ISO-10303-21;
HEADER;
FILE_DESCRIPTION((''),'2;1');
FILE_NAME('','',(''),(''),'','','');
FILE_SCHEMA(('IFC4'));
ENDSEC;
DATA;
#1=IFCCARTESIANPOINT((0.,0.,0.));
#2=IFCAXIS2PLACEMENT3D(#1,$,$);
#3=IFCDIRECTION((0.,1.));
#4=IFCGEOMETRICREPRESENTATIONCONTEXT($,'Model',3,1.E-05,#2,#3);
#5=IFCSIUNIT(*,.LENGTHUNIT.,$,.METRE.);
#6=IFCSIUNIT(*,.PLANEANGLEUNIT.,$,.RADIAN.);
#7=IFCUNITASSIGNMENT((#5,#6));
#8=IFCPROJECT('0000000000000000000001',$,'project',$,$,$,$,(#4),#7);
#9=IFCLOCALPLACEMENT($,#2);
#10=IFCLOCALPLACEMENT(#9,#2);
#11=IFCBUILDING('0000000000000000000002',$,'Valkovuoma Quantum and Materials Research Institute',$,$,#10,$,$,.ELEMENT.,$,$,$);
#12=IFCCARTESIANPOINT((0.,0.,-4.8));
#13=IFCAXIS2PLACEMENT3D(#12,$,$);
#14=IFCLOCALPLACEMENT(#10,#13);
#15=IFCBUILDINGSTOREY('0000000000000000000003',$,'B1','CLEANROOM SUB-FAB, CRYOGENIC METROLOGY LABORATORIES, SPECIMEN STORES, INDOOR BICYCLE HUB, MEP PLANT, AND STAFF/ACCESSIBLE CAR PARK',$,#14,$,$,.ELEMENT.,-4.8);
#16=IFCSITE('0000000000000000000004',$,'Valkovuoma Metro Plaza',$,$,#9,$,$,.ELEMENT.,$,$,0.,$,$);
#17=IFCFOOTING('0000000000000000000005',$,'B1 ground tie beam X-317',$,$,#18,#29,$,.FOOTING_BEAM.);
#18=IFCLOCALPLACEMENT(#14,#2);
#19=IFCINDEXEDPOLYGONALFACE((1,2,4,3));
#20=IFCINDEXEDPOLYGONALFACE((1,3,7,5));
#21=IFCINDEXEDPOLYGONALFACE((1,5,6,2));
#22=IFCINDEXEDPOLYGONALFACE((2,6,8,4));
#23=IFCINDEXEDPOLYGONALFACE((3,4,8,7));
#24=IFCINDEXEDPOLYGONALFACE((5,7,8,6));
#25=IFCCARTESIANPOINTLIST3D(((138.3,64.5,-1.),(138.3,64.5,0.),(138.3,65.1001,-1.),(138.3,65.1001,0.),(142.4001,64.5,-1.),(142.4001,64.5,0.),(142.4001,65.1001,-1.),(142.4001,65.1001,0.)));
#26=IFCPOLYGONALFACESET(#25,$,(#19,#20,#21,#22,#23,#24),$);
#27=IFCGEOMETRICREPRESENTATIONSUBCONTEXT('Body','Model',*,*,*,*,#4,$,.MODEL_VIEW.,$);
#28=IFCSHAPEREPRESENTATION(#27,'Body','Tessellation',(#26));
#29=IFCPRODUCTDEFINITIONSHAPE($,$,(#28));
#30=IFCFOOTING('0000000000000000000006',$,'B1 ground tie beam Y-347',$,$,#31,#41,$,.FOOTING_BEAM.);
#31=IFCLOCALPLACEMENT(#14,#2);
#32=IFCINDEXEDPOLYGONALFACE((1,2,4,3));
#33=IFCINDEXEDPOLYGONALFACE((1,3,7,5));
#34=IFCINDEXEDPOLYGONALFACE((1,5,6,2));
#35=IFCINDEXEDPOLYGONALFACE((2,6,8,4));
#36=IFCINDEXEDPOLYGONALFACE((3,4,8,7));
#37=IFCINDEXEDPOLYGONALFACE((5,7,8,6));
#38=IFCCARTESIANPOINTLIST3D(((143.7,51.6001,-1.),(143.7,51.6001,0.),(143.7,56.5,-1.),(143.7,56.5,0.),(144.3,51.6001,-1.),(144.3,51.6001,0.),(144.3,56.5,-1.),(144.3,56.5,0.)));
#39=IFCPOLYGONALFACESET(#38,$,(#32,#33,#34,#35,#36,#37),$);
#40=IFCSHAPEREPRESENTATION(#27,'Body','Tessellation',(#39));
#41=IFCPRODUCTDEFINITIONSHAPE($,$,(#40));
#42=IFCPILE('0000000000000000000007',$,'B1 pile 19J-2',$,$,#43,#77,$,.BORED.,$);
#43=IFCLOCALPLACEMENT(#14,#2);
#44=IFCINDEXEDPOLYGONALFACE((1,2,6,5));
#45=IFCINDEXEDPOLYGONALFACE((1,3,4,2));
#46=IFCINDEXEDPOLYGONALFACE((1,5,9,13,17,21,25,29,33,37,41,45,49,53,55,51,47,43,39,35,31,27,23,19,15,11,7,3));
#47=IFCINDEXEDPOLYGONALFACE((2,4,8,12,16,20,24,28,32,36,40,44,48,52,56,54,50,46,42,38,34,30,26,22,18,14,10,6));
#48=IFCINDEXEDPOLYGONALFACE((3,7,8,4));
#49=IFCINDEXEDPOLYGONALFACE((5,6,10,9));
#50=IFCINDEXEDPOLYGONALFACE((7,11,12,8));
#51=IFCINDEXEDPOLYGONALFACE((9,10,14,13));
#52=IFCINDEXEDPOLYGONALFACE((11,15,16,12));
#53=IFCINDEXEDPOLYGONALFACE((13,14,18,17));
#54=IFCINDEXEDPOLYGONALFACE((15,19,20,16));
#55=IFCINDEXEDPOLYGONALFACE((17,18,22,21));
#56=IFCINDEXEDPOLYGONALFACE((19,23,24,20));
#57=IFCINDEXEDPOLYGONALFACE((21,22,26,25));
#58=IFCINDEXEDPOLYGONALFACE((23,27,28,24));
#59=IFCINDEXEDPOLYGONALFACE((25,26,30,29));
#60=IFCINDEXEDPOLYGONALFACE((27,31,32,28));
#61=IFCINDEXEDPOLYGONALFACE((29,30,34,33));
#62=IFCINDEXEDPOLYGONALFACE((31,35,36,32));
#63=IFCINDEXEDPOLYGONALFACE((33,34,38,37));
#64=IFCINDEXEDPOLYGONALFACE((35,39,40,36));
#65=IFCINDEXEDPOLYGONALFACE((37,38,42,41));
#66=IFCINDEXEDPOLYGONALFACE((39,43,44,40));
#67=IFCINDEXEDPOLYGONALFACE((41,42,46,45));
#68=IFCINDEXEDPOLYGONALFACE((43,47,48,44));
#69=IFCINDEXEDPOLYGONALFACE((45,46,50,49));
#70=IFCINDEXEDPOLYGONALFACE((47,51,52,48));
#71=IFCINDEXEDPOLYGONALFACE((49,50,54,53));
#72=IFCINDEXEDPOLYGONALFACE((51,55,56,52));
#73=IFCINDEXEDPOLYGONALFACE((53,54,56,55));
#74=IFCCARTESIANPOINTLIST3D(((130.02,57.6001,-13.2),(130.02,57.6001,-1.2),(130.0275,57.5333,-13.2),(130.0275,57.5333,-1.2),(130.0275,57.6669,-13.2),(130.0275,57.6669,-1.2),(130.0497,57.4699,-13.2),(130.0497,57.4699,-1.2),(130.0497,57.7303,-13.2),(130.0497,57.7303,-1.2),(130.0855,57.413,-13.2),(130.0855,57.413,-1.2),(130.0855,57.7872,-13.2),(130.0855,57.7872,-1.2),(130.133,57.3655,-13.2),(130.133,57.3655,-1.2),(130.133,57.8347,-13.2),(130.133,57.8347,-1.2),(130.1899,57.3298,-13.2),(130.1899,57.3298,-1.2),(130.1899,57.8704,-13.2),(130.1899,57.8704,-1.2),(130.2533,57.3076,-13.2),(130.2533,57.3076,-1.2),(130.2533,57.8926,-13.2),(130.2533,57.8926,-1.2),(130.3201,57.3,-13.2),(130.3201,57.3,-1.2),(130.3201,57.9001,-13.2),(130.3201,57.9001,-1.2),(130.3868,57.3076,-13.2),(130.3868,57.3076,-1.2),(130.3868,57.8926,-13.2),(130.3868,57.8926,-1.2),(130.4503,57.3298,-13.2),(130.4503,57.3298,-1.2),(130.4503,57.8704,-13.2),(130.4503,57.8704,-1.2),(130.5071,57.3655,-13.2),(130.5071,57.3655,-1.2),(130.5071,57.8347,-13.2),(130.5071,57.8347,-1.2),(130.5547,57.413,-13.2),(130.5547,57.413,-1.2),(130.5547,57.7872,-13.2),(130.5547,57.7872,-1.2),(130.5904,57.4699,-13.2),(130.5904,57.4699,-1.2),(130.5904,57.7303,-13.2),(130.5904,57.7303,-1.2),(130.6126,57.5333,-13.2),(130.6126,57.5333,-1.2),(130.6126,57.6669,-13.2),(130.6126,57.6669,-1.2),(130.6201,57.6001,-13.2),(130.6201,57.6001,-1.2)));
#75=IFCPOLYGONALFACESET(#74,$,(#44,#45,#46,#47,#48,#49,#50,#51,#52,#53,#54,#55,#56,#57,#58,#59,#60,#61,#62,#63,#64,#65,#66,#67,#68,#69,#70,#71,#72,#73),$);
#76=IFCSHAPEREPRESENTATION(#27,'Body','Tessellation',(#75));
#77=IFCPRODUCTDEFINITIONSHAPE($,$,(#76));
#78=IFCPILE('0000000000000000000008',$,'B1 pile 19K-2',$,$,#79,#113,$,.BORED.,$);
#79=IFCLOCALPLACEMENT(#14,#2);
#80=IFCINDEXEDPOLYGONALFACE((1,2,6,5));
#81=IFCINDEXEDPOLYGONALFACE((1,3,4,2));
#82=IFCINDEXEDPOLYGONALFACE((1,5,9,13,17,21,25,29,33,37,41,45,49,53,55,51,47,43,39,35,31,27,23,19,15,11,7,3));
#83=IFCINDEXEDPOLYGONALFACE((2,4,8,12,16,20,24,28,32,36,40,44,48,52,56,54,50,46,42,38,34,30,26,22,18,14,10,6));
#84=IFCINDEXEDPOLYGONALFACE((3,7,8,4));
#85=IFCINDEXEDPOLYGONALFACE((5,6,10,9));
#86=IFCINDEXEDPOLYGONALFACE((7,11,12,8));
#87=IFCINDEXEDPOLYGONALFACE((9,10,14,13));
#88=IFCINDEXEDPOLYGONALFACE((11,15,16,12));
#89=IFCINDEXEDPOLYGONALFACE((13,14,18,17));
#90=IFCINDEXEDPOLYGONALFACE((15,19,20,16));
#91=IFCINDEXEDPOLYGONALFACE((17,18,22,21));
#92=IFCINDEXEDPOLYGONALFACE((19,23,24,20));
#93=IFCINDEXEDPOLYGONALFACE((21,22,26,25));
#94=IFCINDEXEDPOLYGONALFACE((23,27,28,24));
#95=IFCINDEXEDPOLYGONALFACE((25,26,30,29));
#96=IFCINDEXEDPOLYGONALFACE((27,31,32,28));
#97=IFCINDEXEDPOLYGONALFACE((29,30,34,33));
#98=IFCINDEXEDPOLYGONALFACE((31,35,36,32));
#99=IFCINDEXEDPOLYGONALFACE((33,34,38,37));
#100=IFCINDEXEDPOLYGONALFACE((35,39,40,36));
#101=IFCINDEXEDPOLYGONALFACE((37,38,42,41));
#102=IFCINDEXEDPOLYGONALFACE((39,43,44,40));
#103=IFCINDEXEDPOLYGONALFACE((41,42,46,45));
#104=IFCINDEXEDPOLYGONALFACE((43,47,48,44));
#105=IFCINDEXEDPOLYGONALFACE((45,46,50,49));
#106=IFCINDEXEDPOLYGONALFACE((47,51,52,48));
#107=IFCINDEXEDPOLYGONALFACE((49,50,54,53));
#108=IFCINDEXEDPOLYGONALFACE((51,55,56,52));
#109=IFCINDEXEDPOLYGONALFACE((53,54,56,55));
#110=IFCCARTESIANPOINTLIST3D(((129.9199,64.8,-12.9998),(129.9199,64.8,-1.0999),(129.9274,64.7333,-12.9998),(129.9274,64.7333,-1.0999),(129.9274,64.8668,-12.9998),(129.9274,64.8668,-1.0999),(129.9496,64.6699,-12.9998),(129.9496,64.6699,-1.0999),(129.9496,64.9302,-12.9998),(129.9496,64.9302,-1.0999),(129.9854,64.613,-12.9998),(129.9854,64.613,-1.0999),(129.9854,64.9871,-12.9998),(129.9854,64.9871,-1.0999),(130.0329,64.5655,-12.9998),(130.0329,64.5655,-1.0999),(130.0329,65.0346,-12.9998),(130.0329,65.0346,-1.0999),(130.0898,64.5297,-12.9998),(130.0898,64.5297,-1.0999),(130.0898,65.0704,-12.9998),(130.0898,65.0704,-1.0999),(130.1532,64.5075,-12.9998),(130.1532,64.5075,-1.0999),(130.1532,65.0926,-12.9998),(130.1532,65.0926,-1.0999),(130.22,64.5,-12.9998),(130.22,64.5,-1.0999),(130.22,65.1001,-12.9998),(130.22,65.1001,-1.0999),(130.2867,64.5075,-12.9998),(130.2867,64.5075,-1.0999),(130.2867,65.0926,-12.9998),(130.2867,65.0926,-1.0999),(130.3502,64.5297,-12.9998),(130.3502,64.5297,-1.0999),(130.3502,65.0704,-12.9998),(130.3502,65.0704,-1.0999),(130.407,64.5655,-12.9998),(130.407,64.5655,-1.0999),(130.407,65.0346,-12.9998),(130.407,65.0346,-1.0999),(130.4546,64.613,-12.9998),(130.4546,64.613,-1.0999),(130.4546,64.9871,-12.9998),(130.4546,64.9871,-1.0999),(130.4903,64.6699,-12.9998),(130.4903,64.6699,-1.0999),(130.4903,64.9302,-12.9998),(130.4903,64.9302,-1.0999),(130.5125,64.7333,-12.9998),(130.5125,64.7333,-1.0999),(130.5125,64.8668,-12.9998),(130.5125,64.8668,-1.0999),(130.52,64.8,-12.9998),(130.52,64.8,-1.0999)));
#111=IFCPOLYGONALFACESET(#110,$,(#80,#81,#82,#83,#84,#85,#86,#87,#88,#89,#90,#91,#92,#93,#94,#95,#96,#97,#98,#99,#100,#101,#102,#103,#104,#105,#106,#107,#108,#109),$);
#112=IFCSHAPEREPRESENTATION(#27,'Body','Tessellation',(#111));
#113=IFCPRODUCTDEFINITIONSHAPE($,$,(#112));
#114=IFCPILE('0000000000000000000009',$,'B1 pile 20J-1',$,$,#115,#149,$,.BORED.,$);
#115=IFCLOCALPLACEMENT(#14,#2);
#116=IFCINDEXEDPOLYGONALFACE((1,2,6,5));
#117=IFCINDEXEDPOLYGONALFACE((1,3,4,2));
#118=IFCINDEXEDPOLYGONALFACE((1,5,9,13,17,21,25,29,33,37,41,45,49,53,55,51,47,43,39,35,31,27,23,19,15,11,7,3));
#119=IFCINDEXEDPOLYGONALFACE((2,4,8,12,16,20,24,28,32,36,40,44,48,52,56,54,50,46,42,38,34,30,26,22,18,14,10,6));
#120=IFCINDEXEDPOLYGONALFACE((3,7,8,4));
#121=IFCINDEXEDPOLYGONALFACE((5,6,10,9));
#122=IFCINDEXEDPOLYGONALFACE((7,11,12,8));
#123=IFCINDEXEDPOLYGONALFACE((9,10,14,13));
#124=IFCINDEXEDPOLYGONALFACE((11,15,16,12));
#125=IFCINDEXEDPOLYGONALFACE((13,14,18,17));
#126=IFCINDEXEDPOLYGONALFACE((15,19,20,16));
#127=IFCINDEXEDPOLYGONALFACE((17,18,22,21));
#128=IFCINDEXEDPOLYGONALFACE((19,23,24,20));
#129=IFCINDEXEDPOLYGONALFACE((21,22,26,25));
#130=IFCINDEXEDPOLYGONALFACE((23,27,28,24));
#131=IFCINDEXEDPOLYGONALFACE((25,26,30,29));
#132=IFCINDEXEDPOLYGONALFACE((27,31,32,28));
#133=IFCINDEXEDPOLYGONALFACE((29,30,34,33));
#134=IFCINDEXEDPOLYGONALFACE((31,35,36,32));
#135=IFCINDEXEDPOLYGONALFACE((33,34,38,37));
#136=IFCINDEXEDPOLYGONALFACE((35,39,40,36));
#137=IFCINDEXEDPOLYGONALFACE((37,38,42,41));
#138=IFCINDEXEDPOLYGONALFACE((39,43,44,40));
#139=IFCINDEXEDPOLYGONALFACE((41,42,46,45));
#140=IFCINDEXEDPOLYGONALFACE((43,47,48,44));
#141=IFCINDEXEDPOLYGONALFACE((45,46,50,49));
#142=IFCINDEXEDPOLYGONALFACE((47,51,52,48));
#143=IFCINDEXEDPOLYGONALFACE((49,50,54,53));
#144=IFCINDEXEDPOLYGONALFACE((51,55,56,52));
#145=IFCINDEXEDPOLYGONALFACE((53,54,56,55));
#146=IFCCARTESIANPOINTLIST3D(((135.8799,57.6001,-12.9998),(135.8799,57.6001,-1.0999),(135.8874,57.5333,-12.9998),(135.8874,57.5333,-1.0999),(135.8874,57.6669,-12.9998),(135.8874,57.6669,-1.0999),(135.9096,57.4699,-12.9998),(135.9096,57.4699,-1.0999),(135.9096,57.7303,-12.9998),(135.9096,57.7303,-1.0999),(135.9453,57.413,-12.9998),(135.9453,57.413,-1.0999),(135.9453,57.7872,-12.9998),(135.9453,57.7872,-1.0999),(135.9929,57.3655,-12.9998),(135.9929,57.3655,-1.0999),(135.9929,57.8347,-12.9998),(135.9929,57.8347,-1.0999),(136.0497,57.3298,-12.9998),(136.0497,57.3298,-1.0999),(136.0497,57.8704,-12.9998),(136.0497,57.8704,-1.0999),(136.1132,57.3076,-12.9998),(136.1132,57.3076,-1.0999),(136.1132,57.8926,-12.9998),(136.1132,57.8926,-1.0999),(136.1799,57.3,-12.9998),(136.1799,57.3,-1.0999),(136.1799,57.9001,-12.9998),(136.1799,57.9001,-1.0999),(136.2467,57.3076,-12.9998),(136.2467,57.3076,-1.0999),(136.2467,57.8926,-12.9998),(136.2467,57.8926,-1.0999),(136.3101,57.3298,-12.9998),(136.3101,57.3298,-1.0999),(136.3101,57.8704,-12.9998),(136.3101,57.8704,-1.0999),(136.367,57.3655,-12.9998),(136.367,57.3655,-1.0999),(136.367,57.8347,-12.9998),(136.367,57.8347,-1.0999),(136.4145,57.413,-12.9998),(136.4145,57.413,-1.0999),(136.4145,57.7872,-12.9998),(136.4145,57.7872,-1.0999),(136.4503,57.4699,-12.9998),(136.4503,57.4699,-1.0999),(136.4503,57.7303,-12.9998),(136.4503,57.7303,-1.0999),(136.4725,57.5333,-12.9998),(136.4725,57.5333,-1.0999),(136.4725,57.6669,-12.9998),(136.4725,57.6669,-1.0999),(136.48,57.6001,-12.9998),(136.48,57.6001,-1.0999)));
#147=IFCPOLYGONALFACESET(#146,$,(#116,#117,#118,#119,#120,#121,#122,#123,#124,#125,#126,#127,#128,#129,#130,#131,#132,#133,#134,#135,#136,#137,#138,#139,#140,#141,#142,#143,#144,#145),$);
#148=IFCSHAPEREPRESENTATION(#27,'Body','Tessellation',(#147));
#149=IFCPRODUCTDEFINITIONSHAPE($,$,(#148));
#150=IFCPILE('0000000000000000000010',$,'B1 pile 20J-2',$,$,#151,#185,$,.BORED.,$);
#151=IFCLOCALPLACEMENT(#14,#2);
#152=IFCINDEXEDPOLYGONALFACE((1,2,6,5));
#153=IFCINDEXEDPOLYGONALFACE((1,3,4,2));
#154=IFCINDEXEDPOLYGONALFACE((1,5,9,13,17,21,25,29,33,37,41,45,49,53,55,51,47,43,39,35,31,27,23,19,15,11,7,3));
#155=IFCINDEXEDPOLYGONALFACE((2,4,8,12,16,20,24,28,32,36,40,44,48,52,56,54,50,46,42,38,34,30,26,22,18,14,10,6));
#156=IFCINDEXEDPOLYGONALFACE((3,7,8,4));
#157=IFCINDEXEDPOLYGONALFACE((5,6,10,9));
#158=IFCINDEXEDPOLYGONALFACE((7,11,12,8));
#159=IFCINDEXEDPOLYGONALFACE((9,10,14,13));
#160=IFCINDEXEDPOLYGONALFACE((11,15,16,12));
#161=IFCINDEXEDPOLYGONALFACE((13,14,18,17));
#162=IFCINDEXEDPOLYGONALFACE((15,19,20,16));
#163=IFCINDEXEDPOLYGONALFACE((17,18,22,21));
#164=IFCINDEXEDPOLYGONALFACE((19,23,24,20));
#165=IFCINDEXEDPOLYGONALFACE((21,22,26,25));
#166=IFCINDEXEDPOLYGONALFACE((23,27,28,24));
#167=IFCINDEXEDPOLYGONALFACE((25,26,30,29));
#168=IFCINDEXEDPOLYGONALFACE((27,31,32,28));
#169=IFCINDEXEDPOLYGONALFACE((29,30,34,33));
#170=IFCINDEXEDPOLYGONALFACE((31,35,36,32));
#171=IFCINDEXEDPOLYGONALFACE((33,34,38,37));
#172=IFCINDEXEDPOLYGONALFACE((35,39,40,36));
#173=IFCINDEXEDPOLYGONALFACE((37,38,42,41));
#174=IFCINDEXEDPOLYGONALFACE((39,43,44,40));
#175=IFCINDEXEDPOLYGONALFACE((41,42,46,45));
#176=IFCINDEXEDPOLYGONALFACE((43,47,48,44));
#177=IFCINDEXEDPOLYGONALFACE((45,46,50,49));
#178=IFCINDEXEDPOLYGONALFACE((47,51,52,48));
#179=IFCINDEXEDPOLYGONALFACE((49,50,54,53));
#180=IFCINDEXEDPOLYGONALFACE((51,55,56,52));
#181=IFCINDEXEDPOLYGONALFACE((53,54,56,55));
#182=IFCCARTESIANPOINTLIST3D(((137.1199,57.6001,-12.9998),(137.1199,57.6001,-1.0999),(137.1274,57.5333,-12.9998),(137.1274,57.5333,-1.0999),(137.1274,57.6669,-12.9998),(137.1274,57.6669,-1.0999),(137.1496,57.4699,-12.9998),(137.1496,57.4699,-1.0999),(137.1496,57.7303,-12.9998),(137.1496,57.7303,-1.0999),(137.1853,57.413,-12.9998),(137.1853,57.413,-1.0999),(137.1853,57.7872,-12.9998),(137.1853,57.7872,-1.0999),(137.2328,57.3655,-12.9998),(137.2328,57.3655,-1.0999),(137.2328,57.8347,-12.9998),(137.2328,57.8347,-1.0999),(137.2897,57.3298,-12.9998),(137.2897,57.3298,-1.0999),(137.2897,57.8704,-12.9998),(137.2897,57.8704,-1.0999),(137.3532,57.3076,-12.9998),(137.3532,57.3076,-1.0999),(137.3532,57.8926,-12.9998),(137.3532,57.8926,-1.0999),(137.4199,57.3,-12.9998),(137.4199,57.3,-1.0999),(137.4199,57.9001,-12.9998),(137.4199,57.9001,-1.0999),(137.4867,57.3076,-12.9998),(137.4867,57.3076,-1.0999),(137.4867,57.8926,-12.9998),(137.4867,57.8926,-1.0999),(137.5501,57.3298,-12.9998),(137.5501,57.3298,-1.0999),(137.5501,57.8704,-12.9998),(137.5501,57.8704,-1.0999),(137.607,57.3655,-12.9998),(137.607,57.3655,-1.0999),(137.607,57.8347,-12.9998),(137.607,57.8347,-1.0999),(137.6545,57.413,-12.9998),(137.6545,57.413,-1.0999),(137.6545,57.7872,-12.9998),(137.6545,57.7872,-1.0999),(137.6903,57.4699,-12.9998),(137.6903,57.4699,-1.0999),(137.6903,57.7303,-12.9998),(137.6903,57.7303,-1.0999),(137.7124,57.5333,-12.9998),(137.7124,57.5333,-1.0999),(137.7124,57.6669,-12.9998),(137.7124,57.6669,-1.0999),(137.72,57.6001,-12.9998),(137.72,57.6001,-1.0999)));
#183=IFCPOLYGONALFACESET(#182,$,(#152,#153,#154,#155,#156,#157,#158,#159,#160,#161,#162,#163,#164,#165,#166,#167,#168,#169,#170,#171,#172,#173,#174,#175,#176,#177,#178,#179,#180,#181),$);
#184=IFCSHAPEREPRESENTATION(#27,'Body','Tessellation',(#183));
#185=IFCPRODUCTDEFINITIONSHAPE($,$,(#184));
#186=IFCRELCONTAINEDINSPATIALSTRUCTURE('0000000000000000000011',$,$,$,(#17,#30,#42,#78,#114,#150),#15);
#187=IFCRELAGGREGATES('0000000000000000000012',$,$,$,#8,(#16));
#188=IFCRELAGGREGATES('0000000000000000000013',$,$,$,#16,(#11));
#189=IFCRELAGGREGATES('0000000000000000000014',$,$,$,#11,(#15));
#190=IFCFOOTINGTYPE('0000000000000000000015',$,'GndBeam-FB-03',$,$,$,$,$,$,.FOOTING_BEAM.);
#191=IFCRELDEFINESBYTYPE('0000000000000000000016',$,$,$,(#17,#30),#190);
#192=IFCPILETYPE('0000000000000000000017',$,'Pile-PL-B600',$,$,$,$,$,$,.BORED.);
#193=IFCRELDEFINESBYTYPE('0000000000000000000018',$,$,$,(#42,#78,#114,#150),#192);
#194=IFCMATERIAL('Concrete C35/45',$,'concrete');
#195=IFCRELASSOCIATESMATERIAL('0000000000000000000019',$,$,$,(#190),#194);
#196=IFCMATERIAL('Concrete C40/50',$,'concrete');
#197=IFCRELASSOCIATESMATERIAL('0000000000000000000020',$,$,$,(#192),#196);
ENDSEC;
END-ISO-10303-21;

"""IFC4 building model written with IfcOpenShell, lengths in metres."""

from ifc_helpers import new_model, si_unit, direction, frame, origin, origin_2d, place, context, subcontext, project, spatial, rectangle, circle, extrude, material, material_profile, profile_set, type_object, element, save


model = new_model("IFC4")

# Units and contexts
model_context = context("Model", 3, precision=1e-05, world=origin(), true_north=direction((0.0, 1.0)))
body_context = subcontext(model_context, "Body", "Model", "MODEL_VIEW")
ifc_project = project(units=[si_unit("LENGTHUNIT", "METRE"), si_unit("PLANEANGLEUNIT", "RADIAN")], contexts=[model_context])

# Site, building, storey
site_placement = place(None, origin())
site = spatial("IfcSite", under=ifc_project, at=site_placement, Name="Valkovuoma Metro Plaza", CompositionType="ELEMENT", RefElevation=0.0)
building_placement = place(site_placement, origin())
building = spatial("IfcBuilding", under=site, at=building_placement, Name="Valkovuoma Quantum and Materials Research Institute", CompositionType="ELEMENT")
storey_placement = place(building_placement, frame((0.0, 0.0, -4.8)))
storey = spatial("IfcBuildingStorey", under=building, at=storey_placement, Name="B1", Description="CLEANROOM SUB-FAB, CRYOGENIC METROLOGY LABORATORIES, SPECIMEN STORES, INDOOR BICYCLE HUB, MEP PLANT, AND STAFF/ACCESSIBLE CAR PARK", CompositionType="ELEMENT", Elevation=-4.8)

# Footings
ifc_material_1 = material(Name="Concrete C35/45", Category="concrete")
footing_type_1 = type_object("IfcFootingType", Name="GndBeam-FB-03", PredefinedType="FOOTING_BEAM", material=ifc_material_1)
footing_1_placement = place(storey_placement, frame((140.3501, 64.8, -1.0), z_axis=(0.0, 0.0, 1.0), x_axis=(1.0, 0.0, 0.0)))
element("IfcFooting", 1, at=footing_1_placement, inside=storey, type_object=footing_type_1, Name="B1 ground tie beam X-317", PredefinedType="FOOTING_BEAM", context=body_context, shape_type="SweptSolid", body=[
    extrude(rectangle(XDim=4.1001, YDim=0.6001, at=origin_2d()), origin(), (0.0, 0.0, 1.0), 1.0),
])
footing_2_placement = place(storey_placement, frame((144.0, 54.05, -1.0), z_axis=(0.0, 0.0, 1.0), x_axis=(0.0, 1.0, 0.0)))
element("IfcFooting", 2, at=footing_2_placement, inside=storey, type_object=footing_type_1, Name="B1 ground tie beam Y-347", PredefinedType="FOOTING_BEAM", context=body_context, shape_type="SweptSolid", body=[
    extrude(rectangle(XDim=4.8999, YDim=0.6001, at=origin_2d()), origin(), (0.0, 0.0, 1.0), 1.0),
])

# Piles
ifc_material_2 = material(Name="Concrete C40/50", Category="concrete")
ifc_material_profile_1 = material_profile(ifc_material_2, circle(Radius=0.3, at=origin_2d()), Name="Concrete C40/50")
ifc_profile_set_1 = profile_set([ifc_material_profile_1], Name="Concrete C40/50")
pile_type_1 = type_object("IfcPileType", Name="Pile-PL-B600", PredefinedType="BORED", material=ifc_profile_set_1)
pile_1_placement = place(storey_placement, frame((130.3201, 57.6001, -1.2), z_axis=(0.0, 0.0, -1.0), x_axis=(1.0, 0.0, 0.0)))
element("IfcPile", 3, at=pile_1_placement, inside=storey, type_object=pile_type_1, Name="B1 pile 19J-2", PredefinedType="BORED", context=body_context, shape_type="SweptSolid", body=[
    extrude(circle(Radius=0.3, at=origin_2d()), origin(), (0.0, 0.0, 1.0), 12.0),
])
for number, where, z_axis, x_axis, name in (
    (4, (130.22, 64.8, -1.0999), (0.0, 0.0, -1.0), (1.0, 0.0, 0.0), "B1 pile 19K-2"),
    (5, (136.1799, 57.6001, -1.0999), (0.0, 0.0, -1.0), (1.0, 0.0, 0.0), "B1 pile 20J-1"),
    (6, (137.4199, 57.6001, -1.0999), (0.0, 0.0, -1.0), (1.0, 0.0, 0.0), "B1 pile 20J-2"),
):
    element("IfcPile", number, at=place(storey_placement, frame(where, z_axis=z_axis, x_axis=x_axis)), inside=storey, type_object=pile_type_1, Name=name, PredefinedType="BORED", context=body_context, shape_type="SweptSolid", body=[
        extrude(circle(Radius=0.3, at=origin_2d()), origin(), (0.0, 0.0, 1.0), 11.8999),
    ])

save(model, "model.ifc")
